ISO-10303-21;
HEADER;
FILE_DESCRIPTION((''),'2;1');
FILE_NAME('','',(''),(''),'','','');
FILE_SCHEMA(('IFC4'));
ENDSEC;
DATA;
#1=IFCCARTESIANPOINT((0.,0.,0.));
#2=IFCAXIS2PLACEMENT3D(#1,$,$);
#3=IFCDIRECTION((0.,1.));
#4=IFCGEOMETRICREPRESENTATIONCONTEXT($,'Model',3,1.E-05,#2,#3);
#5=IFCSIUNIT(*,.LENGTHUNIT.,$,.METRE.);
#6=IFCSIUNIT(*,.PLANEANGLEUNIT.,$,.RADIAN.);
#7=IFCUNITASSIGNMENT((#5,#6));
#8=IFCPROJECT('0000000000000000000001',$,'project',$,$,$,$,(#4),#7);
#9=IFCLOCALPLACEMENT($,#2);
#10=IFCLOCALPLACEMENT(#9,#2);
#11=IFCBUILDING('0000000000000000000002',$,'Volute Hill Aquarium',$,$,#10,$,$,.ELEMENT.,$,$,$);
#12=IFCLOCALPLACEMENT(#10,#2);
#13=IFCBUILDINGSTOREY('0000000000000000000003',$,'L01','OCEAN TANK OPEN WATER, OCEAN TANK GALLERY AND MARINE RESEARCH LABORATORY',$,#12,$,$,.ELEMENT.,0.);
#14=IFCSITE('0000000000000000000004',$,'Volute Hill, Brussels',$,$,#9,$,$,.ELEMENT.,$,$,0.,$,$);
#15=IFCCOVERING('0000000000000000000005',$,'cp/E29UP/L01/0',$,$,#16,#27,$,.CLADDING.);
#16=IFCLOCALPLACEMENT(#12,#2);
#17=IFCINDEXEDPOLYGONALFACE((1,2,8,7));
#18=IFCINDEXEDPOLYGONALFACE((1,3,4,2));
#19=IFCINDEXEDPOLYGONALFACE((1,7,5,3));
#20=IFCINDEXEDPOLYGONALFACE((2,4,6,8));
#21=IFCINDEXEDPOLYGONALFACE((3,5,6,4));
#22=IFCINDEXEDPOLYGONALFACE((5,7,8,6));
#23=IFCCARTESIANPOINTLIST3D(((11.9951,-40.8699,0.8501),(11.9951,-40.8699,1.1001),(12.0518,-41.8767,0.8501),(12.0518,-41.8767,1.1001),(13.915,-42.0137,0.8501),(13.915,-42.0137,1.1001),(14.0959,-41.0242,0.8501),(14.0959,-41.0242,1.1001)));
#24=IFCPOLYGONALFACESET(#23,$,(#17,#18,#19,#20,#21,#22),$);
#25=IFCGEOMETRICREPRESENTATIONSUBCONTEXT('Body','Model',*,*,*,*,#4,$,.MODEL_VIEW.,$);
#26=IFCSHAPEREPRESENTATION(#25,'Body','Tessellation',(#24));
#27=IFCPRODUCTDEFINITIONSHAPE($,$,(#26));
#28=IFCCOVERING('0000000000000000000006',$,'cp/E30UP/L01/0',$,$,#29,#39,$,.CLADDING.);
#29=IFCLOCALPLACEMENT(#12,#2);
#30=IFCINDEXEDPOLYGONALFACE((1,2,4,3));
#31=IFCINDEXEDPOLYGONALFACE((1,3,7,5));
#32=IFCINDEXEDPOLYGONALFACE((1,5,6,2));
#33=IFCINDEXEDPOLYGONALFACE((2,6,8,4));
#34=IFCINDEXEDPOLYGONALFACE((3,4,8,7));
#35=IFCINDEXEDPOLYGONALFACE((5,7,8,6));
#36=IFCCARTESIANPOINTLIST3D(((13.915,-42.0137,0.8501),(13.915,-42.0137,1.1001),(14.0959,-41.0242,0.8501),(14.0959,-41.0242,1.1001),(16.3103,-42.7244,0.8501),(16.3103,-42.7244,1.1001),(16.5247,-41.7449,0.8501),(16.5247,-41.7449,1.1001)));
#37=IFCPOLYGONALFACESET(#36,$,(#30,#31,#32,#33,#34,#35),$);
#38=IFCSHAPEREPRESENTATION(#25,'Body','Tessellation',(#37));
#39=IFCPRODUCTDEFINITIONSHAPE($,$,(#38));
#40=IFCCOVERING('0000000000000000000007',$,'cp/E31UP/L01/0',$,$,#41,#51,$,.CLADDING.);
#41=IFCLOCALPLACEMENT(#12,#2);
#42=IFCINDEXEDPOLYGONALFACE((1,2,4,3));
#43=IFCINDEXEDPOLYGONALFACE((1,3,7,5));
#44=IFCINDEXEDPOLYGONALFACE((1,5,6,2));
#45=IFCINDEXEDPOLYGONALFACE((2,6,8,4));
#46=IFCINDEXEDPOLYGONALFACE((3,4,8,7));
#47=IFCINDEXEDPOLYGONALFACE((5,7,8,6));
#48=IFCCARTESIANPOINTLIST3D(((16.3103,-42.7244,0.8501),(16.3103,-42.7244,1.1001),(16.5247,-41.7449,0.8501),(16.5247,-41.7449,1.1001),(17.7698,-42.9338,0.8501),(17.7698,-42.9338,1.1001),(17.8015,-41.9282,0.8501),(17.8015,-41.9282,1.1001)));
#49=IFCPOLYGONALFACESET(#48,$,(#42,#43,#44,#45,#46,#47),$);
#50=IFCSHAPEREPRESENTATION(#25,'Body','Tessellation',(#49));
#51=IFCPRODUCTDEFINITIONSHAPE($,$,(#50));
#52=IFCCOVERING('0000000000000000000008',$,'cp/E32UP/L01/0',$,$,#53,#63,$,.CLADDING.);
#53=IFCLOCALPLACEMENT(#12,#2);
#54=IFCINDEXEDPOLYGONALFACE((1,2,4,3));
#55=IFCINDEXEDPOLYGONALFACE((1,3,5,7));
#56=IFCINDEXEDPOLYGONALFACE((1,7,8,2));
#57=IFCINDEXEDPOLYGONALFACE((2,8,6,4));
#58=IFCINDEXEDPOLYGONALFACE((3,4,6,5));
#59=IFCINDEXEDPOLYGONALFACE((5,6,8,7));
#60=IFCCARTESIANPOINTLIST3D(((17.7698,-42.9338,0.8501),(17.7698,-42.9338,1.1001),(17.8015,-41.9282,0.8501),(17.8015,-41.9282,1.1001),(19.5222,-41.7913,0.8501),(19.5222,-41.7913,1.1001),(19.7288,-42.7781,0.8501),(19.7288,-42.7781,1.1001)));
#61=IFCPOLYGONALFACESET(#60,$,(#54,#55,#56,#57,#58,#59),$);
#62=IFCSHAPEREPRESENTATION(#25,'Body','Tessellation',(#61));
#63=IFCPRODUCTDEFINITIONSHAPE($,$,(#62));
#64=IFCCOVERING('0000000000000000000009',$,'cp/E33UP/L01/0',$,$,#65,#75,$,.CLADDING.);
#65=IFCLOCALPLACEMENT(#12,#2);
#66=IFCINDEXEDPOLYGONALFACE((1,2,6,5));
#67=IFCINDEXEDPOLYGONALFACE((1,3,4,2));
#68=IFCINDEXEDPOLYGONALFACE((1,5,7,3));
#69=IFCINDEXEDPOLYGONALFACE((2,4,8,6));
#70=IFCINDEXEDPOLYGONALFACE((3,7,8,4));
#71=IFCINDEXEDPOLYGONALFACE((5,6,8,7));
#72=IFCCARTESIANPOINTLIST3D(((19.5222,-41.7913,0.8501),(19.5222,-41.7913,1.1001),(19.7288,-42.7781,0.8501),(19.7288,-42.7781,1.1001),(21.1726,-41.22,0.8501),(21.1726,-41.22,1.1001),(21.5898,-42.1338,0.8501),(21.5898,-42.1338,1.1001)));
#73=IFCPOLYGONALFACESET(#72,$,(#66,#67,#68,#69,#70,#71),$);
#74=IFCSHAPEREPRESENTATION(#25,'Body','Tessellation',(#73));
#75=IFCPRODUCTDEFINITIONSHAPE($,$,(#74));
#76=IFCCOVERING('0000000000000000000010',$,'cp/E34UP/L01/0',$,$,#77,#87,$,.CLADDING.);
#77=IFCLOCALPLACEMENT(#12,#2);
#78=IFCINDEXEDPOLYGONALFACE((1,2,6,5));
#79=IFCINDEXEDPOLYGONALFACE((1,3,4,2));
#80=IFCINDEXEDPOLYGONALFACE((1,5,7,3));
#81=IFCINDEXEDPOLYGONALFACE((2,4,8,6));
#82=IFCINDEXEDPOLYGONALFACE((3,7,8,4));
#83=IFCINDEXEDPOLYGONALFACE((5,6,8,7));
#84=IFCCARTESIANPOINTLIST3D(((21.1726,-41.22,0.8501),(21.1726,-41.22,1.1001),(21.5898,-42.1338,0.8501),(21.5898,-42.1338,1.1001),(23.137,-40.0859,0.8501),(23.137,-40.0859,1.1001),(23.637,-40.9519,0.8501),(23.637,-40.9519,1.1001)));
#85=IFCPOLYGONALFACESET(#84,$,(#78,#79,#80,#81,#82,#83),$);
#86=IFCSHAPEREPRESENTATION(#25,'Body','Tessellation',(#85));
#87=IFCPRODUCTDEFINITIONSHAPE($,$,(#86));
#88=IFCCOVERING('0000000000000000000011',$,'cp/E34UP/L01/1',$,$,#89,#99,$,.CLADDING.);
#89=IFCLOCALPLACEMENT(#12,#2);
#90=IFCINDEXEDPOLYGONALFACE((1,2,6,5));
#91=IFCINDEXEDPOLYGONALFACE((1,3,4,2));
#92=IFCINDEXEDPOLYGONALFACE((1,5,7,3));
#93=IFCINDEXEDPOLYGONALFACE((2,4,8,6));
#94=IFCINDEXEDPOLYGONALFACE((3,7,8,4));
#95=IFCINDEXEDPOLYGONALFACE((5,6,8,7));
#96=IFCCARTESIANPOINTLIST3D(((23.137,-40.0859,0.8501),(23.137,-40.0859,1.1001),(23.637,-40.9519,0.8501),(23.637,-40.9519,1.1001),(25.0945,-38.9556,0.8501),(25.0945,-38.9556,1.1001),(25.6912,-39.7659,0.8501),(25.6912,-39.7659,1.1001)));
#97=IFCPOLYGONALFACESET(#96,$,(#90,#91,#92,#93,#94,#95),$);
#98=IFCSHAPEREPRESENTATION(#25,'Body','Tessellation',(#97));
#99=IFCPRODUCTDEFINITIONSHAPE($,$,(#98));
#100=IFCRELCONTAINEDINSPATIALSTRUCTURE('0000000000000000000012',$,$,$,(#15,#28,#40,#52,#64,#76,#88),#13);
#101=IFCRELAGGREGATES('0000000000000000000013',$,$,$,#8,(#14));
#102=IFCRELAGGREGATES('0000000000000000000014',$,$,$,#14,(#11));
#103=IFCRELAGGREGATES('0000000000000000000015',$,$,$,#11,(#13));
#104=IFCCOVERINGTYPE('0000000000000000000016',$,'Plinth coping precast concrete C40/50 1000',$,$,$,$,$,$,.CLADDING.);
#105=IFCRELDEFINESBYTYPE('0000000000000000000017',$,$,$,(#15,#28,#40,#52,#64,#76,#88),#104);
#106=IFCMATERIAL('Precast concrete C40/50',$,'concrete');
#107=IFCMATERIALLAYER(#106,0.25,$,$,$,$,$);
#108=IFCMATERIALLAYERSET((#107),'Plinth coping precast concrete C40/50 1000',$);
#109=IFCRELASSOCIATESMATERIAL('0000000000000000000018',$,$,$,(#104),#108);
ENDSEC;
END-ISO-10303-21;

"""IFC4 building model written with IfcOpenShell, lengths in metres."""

from ifc_helpers import new_model, si_unit, direction, frame, origin, place, context, subcontext, project, spatial, polyline, outline, extrude, material, layer, layer_set, type_object, element, save


model = new_model("IFC4")

# Units and contexts
model_context = context("Model", 3, precision=1e-05, world=origin(), true_north=direction((0.0, 1.0)))
body_context = subcontext(model_context, "Body", "Model", "MODEL_VIEW")
ifc_project = project(units=[si_unit("LENGTHUNIT", "METRE"), si_unit("PLANEANGLEUNIT", "RADIAN")], contexts=[model_context])

# Site, building, storey
site_placement = place(None, origin())
site = spatial("IfcSite", under=ifc_project, at=site_placement, Name="Volute Hill, Brussels", CompositionType="ELEMENT", RefElevation=0.0)
building_placement = place(site_placement, origin())
building = spatial("IfcBuilding", under=site, at=building_placement, Name="Volute Hill Aquarium", CompositionType="ELEMENT")
storey_placement = place(building_placement, origin())
storey = spatial("IfcBuildingStorey", under=building, at=storey_placement, Name="L01", Description="OCEAN TANK OPEN WATER, OCEAN TANK GALLERY AND MARINE RESEARCH LABORATORY", CompositionType="ELEMENT", Elevation=0.0)

# Coverings
ifc_material_1 = material(Name="Precast concrete C40/50", Category="concrete")
ifc_layer_1 = layer(ifc_material_1, 0.25)
ifc_layer_set_1 = layer_set([ifc_layer_1], Name="Plinth coping precast concrete C40/50 1000")
covering_type = type_object("IfcCoveringType", Name="Plinth coping precast concrete C40/50 1000", PredefinedType="CLADDING", material=ifc_layer_set_1)
covering_1_placement = place(storey_placement, frame((0.0, 0.0, 0.8501)))
element("IfcCovering", 1, at=covering_1_placement, inside=storey, type_object=covering_type, Name="cp/E29UP/L01/0", PredefinedType="CLADDING", context=body_context, shape_type="SweptSolid", body=[
    extrude(outline(polyline([(12.0518, -41.8767), (13.915, -42.0137), (14.0959, -41.0242), (11.9951, -40.8699), (12.0518, -41.8767), (12.0518, -41.8767)])), origin(), (0.0, 0.0, 1.0), 0.25),
])
covering_2_placement = place(storey_placement, frame((0.0, 0.0, 0.8501)))
element("IfcCovering", 2, at=covering_2_placement, inside=storey, type_object=covering_type, Name="cp/E30UP/L01/0", PredefinedType="CLADDING", context=body_context, shape_type="SweptSolid", body=[
    extrude(outline(polyline([(13.915, -42.0137), (16.3103, -42.7244), (16.5247, -41.7449), (14.0959, -41.0242), (14.0959, -41.0242), (13.915, -42.0137), (13.915, -42.0137)])), origin(), (0.0, 0.0, 1.0), 0.25),
])
covering_3_placement = place(storey_placement, frame((0.0, 0.0, 0.8501)))
element("IfcCovering", 3, at=covering_3_placement, inside=storey, type_object=covering_type, Name="cp/E31UP/L01/0", PredefinedType="CLADDING", context=body_context, shape_type="SweptSolid", body=[
    extrude(outline(polyline([(16.3103, -42.7244), (17.7698, -42.9338), (17.8015, -41.9282), (16.5247, -41.7449), (16.5247, -41.7449), (16.3103, -42.7244), (16.3103, -42.7244)])), origin(), (0.0, 0.0, 1.0), 0.25),
])
covering_4_placement = place(storey_placement, frame((0.0, 0.0, 0.8501)))
element("IfcCovering", 4, at=covering_4_placement, inside=storey, type_object=covering_type, Name="cp/E32UP/L01/0", PredefinedType="CLADDING", context=body_context, shape_type="SweptSolid", body=[
    extrude(outline(polyline([(19.7288, -42.7781), (19.7288, -42.7781), (19.5222, -41.7913), (19.5222, -41.7913), (17.8015, -41.9282), (17.7698, -42.9338), (17.7698, -42.9338), (19.7288, -42.7781)])), origin(), (0.0, 0.0, 1.0), 0.25),
])
covering_5_placement = place(storey_placement, frame((0.0, 0.0, 0.8501)))
element("IfcCovering", 5, at=covering_5_placement, inside=storey, type_object=covering_type, Name="cp/E33UP/L01/0", PredefinedType="CLADDING", context=body_context, shape_type="SweptSolid", body=[
    extrude(outline(polyline([(19.7288, -42.7781), (21.5898, -42.1338), (21.1726, -41.22), (19.5222, -41.7913), (19.7288, -42.7781)])), origin(), (0.0, 0.0, 1.0), 0.25),
])
covering_6_placement = place(storey_placement, frame((0.0, 0.0, 0.8501)))
element("IfcCovering", 6, at=covering_6_placement, inside=storey, type_object=covering_type, Name="cp/E34UP/L01/0", PredefinedType="CLADDING", context=body_context, shape_type="SweptSolid", body=[
    extrude(outline(polyline([(21.5898, -42.1338), (23.637, -40.9519), (23.137, -40.0859), (21.1726, -41.22), (21.1726, -41.22), (21.5898, -42.1338), (21.5898, -42.1338)])), origin(), (0.0, 0.0, 1.0), 0.25),
])
covering_7_placement = place(storey_placement, frame((0.0, 0.0, 0.8501)))
element("IfcCovering", 7, at=covering_7_placement, inside=storey, type_object=covering_type, Name="cp/E34UP/L01/1", PredefinedType="CLADDING", context=body_context, shape_type="SweptSolid", body=[
    extrude(outline(polyline([(25.6912, -39.7659), (25.6912, -39.7659), (25.0945, -38.9556), (23.137, -40.0859), (23.637, -40.9519), (25.6912, -39.7659)])), origin(), (0.0, 0.0, 1.0), 0.25),
])

save(model, "model.ifc")
